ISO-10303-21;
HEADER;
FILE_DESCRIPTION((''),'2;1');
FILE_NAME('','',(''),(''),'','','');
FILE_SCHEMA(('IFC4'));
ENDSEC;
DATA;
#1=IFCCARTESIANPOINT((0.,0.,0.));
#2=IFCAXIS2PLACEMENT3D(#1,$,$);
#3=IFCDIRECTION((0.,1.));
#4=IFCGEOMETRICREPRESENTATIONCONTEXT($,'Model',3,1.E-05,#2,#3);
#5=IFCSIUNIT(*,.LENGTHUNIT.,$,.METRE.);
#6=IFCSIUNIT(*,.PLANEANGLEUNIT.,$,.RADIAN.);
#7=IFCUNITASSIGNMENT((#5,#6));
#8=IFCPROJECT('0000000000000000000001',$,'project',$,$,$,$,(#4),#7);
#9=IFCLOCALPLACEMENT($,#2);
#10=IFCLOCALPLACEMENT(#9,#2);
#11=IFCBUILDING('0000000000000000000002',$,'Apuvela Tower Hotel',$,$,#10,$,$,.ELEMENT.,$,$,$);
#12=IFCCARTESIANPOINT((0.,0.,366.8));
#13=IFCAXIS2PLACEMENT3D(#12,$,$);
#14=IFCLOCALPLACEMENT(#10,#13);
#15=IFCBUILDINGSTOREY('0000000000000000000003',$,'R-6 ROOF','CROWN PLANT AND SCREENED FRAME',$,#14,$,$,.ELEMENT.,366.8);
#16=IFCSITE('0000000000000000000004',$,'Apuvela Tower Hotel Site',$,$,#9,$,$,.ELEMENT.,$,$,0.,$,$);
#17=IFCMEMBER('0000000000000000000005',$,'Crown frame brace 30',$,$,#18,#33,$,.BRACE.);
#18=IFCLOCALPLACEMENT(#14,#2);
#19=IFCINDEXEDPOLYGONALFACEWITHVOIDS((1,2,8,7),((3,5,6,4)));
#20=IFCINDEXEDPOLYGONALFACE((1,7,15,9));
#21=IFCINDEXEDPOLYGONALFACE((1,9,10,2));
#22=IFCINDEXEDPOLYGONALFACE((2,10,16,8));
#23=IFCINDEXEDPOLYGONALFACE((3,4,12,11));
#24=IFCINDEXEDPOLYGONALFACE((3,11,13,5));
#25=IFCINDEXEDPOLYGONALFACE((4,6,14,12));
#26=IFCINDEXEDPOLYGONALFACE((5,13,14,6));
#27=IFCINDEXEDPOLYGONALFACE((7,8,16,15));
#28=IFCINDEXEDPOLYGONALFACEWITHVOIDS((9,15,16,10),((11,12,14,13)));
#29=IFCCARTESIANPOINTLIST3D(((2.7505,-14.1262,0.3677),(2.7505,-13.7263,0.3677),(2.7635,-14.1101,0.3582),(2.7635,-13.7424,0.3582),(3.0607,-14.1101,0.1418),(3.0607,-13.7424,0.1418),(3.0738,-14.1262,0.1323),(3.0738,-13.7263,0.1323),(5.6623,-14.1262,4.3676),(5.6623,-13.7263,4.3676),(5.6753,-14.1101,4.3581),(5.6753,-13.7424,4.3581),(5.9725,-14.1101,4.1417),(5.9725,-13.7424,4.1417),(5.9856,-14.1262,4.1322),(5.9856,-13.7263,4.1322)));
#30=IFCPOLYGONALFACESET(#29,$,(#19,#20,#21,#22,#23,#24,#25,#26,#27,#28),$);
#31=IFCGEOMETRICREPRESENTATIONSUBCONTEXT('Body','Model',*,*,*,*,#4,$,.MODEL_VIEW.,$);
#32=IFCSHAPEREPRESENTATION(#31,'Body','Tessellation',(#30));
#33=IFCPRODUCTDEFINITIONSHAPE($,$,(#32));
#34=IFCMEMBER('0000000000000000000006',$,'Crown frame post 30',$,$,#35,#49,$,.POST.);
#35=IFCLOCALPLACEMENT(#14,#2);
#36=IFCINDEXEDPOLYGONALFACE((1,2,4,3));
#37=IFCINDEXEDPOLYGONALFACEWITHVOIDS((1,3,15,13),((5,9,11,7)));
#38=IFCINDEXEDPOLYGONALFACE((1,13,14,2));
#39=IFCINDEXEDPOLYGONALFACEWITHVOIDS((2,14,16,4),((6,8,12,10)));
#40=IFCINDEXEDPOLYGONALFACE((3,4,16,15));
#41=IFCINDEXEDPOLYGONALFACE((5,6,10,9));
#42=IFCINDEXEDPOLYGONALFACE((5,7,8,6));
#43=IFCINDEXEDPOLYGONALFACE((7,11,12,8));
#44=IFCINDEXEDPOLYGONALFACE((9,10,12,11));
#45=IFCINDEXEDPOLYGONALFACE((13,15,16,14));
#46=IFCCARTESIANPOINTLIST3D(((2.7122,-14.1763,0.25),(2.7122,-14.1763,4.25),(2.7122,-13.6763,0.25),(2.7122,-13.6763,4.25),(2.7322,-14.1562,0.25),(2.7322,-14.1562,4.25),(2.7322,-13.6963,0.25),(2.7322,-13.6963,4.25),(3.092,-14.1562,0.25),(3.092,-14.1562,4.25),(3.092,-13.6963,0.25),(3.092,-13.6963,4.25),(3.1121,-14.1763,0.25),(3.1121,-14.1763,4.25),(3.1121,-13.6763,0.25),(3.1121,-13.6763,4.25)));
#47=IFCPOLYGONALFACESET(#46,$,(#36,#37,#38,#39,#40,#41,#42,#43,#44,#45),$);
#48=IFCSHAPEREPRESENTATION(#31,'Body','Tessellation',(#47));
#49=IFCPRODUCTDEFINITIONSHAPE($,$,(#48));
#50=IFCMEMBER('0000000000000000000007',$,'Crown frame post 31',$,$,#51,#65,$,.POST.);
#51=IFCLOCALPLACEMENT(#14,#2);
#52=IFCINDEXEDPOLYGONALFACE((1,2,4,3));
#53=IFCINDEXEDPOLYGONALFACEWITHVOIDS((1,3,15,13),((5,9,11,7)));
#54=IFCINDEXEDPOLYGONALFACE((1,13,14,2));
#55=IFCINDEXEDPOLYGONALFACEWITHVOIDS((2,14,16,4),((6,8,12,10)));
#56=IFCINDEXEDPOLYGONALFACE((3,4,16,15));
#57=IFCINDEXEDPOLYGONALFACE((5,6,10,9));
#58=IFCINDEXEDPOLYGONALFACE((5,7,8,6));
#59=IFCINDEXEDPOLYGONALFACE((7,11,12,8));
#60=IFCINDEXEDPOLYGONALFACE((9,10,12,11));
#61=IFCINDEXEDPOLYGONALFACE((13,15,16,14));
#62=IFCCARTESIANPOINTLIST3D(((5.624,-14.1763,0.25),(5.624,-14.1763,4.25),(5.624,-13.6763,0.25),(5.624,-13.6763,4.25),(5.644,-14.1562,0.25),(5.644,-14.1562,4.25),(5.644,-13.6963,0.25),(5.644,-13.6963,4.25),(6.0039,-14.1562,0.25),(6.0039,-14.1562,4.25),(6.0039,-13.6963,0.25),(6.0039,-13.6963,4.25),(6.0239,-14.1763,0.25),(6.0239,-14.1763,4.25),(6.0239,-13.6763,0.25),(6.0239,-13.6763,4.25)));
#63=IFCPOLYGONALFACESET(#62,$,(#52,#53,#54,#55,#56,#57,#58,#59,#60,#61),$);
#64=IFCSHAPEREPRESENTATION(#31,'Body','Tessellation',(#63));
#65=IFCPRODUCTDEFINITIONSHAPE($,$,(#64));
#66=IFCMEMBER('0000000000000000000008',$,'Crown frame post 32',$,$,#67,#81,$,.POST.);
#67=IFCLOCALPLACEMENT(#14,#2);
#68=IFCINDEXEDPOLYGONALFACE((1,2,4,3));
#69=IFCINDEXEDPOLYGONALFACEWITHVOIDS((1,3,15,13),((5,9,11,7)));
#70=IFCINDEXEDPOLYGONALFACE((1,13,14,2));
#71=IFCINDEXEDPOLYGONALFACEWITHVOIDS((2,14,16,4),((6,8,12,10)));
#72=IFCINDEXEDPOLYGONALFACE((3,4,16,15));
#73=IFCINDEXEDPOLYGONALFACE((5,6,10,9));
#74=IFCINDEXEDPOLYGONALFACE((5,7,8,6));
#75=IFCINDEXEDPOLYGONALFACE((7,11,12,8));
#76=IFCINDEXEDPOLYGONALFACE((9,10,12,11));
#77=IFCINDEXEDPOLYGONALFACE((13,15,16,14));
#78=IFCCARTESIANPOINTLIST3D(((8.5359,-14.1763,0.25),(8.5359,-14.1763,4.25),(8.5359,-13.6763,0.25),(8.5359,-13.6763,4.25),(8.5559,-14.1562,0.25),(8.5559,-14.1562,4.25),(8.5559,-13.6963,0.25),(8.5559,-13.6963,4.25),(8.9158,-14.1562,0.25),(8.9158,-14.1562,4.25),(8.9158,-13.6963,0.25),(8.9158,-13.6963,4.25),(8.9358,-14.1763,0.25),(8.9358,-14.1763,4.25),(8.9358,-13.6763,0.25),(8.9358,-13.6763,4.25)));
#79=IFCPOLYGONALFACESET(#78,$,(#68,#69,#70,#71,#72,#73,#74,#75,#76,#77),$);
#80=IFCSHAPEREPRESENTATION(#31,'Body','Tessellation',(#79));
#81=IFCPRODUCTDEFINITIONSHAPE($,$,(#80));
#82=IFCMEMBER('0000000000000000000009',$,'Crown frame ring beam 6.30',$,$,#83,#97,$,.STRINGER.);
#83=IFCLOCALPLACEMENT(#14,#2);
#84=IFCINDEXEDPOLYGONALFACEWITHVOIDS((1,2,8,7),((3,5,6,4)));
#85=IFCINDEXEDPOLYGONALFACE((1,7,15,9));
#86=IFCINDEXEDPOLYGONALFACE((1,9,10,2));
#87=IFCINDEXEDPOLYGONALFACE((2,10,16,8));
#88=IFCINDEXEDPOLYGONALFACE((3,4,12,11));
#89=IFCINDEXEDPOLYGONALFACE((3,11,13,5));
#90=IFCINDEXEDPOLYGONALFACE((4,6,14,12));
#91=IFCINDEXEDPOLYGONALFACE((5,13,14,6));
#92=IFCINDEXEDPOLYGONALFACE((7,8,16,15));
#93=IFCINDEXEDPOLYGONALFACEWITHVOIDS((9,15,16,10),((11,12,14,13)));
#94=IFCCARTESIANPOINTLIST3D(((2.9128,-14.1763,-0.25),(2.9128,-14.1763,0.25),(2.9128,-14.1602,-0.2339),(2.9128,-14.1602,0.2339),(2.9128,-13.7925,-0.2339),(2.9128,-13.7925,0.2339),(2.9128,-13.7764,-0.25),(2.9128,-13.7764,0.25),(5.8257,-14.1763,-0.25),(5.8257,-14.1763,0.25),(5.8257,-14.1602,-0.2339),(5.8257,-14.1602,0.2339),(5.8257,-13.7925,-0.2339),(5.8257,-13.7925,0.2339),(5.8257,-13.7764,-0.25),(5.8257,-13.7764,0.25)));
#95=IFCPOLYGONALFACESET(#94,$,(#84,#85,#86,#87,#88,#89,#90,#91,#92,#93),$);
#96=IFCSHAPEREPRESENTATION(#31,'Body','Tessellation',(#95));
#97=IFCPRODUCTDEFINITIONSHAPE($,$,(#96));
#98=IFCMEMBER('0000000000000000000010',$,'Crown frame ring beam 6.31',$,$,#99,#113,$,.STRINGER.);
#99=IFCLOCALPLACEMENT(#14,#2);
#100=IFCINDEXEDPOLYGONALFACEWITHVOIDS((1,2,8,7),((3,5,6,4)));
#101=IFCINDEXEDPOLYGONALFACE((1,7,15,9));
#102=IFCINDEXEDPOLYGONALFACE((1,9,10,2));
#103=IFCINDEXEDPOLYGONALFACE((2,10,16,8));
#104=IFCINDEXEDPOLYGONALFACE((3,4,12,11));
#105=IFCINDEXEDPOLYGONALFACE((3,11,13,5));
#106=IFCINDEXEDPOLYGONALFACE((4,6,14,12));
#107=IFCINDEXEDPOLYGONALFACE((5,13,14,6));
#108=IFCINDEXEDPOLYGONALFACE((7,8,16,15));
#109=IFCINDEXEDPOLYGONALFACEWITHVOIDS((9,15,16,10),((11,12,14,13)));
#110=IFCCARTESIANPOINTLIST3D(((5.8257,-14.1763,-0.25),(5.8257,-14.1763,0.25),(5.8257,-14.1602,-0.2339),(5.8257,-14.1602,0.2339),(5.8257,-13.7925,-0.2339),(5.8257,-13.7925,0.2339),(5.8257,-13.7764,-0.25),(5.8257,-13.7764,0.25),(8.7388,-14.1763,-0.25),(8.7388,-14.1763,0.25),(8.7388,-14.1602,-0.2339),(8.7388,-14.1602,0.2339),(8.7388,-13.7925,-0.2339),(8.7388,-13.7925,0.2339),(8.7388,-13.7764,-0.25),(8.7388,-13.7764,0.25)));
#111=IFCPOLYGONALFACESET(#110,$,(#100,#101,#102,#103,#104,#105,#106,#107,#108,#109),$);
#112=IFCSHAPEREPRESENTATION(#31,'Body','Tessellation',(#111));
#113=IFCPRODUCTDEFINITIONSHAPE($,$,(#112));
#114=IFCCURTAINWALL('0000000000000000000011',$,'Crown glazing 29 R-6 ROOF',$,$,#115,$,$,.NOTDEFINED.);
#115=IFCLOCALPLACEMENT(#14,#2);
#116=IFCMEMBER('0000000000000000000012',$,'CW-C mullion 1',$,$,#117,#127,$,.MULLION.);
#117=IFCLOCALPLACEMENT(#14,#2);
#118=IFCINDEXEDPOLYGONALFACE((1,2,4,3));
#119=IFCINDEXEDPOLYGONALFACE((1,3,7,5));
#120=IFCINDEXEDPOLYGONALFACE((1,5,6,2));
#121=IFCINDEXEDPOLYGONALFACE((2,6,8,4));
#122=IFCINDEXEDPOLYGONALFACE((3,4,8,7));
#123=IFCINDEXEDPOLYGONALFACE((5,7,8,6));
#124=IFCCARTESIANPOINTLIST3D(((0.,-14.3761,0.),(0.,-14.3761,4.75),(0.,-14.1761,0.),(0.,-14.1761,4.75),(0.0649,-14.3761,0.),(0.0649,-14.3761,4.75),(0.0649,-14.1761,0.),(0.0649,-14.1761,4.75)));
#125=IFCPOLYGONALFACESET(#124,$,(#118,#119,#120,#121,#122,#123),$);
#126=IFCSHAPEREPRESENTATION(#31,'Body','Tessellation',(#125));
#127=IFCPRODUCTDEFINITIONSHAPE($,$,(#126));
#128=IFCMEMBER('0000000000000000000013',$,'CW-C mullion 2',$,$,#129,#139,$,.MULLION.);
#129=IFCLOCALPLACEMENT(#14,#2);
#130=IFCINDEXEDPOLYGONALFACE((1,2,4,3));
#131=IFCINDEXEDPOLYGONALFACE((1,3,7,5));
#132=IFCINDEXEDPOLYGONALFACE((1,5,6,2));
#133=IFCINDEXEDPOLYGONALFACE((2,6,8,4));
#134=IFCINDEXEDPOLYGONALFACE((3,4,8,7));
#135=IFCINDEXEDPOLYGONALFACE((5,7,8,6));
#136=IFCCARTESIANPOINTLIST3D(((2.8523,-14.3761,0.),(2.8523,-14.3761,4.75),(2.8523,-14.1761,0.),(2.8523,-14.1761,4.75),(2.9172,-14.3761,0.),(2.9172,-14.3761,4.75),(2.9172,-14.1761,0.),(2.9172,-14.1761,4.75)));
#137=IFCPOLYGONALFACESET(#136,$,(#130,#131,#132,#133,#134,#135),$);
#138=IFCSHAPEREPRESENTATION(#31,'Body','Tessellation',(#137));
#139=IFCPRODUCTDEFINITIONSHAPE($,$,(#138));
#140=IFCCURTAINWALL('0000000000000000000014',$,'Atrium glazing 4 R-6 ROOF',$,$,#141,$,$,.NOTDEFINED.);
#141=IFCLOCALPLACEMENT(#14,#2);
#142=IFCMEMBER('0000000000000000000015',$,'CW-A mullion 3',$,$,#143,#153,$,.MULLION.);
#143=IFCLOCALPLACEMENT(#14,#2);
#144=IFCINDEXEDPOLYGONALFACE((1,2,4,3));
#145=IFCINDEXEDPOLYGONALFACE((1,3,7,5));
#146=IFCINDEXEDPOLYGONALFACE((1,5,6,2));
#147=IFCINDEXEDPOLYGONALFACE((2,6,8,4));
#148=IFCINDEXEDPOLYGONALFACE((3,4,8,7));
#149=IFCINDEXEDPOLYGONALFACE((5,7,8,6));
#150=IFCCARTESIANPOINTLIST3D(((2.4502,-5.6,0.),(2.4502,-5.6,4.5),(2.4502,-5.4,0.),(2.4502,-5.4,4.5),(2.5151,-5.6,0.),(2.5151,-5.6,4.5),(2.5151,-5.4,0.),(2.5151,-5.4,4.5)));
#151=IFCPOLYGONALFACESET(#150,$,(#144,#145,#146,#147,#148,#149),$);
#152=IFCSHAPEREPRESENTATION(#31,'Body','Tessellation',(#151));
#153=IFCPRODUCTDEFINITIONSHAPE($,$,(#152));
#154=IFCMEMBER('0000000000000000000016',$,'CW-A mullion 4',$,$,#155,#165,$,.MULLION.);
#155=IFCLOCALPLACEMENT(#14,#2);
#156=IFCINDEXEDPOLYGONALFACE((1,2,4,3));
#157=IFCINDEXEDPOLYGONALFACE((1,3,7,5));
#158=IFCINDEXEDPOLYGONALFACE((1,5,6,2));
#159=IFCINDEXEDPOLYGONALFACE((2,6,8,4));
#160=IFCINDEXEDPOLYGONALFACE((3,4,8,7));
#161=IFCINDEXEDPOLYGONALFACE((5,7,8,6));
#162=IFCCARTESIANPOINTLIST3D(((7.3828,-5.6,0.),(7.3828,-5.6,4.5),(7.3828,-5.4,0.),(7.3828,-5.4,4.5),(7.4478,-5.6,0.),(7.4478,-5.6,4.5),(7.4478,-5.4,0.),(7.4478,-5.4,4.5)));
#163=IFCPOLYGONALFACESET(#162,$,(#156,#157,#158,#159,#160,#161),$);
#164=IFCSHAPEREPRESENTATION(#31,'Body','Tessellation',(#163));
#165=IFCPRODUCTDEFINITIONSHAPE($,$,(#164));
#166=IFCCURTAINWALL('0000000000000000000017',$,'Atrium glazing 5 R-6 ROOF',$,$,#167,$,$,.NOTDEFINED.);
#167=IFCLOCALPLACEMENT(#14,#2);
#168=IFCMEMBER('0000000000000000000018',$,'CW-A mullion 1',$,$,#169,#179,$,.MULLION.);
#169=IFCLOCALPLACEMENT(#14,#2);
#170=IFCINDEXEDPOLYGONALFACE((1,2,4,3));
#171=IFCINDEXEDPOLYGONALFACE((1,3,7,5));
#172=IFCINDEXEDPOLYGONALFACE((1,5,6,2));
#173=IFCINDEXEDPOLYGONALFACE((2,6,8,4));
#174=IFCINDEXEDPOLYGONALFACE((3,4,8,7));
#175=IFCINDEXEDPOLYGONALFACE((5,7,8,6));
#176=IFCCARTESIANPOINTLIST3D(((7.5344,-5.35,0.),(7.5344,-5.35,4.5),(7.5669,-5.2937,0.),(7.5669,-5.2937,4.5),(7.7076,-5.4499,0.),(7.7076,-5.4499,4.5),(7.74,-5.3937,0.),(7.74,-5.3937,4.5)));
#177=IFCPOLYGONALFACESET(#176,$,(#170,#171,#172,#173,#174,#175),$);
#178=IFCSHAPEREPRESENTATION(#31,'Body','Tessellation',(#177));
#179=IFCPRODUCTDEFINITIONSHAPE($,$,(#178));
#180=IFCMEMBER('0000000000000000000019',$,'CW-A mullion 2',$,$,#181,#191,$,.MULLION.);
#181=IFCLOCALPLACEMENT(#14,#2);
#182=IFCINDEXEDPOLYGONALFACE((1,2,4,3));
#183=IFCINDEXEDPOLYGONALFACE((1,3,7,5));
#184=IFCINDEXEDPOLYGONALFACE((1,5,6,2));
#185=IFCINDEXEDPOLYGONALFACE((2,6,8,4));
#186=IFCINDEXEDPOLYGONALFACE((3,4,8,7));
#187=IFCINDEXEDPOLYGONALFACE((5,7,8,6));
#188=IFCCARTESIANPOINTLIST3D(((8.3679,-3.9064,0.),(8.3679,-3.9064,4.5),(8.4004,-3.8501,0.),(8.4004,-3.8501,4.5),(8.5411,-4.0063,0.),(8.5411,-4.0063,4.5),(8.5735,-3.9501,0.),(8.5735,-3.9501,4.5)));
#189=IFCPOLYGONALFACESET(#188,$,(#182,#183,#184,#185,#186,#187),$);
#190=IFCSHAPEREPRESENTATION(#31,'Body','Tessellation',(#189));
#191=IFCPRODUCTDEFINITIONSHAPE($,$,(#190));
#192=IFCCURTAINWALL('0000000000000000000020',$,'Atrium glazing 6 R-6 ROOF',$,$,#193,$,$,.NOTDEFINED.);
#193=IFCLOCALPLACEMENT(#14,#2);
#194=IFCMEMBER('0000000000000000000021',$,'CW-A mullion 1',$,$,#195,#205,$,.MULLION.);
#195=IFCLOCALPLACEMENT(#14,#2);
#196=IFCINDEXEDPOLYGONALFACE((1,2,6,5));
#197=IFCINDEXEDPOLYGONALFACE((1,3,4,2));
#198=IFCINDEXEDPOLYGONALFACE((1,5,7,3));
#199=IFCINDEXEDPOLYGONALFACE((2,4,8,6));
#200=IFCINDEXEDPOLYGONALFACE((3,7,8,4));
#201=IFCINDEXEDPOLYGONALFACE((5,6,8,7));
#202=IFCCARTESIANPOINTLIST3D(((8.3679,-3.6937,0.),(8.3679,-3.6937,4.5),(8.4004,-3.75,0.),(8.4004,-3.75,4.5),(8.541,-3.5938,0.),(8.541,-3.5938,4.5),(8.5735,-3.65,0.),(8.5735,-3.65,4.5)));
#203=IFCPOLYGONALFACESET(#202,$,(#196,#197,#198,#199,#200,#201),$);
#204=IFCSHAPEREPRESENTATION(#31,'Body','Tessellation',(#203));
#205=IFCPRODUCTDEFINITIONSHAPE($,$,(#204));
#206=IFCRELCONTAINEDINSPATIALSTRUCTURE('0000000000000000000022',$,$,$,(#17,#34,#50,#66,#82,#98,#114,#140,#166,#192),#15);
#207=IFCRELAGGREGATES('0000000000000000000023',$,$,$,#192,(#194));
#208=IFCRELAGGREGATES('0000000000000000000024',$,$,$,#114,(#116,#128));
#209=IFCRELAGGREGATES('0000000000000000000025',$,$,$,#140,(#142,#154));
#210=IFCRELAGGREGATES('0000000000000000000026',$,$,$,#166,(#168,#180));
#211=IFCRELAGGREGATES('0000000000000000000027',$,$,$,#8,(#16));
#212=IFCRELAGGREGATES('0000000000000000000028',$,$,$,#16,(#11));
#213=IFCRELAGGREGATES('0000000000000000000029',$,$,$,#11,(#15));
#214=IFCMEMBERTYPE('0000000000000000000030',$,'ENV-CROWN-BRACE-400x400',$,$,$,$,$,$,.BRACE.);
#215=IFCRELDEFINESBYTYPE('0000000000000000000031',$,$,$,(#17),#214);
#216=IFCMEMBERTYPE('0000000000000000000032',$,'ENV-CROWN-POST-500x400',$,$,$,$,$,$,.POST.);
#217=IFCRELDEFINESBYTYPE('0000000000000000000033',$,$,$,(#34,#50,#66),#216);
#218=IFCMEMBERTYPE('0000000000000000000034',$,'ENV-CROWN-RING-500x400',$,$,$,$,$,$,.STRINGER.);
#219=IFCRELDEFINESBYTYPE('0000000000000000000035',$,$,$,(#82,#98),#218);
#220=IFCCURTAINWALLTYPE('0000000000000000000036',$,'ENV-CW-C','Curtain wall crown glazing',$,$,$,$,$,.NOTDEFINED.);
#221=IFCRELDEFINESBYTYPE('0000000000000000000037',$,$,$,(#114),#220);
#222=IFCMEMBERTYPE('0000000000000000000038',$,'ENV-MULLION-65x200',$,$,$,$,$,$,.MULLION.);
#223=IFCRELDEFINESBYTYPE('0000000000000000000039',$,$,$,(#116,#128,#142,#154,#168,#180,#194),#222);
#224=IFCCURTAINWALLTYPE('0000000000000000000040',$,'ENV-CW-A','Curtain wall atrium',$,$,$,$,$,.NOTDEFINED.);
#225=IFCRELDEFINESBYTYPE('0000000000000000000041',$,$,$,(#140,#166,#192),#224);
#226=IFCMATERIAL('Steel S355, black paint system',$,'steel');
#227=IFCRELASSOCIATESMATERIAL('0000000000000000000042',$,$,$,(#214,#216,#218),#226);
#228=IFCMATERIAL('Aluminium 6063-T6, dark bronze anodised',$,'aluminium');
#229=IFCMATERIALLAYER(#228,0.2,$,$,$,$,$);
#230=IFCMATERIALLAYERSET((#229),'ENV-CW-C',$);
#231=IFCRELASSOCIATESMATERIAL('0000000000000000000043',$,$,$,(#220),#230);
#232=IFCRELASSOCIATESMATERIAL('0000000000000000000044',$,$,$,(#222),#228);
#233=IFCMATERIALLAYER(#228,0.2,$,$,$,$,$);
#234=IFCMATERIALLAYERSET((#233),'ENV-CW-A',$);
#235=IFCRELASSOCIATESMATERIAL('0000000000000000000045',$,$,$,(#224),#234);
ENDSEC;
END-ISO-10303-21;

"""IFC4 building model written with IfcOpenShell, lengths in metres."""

from ifc_helpers import new_model, si_unit, direction, frame, origin, origin_2d, place, context, subcontext, project, spatial, rectangle, hollow_rectangle, extrude, material, layer, layer_set, material_profile, profile_set, type_object, element, aggregate, save


model = new_model("IFC4")

# Units and contexts
model_context = context("Model", 3, precision=1e-05, world=origin(), true_north=direction((0.0, 1.0)))
body_context = subcontext(model_context, "Body", "Model", "MODEL_VIEW")
ifc_project = project(units=[si_unit("LENGTHUNIT", "METRE"), si_unit("PLANEANGLEUNIT", "RADIAN")], contexts=[model_context])

# Site, building, storey
site_placement = place(None, origin())
site = spatial("IfcSite", under=ifc_project, at=site_placement, Name="Apuvela Tower Hotel Site", CompositionType="ELEMENT", RefElevation=0.0)
building_placement = place(site_placement, origin())
building = spatial("IfcBuilding", under=site, at=building_placement, Name="Apuvela Tower Hotel", CompositionType="ELEMENT")
storey_placement = place(building_placement, frame((0.0, 0.0, 366.8)))
storey = spatial("IfcBuildingStorey", under=building, at=storey_placement, Name="R-6 ROOF", Description="CROWN PLANT AND SCREENED FRAME", CompositionType="ELEMENT", Elevation=366.8)

# Members
ifc_material_1 = material(Name="Steel S355, black paint system", Category="steel")
ifc_material_profile_1 = material_profile(ifc_material_1, hollow_rectangle(XDim=0.3999, YDim=0.3999, WallThickness=0.0161, at=origin_2d()), Name="HSS 400x400x16")
ifc_profile_set_1 = profile_set([ifc_material_profile_1], Name="Steel S355, black paint system")
member_type_1 = type_object("IfcMemberType", Name="ENV-CROWN-BRACE-400x400", PredefinedType="BRACE", material=ifc_profile_set_1)
member_1_placement = place(storey_placement, frame((2.9121, -13.9263, 0.25), z_axis=(0.588538, 0.0, 0.808469), x_axis=(0.0, 1.0, 0.0)))
element("IfcMember", 1, at=member_1_placement, inside=storey, type_object=member_type_1, Name="Crown frame brace 30", PredefinedType="BRACE", context=body_context, shape_type="SweptSolid", body=[
    extrude(hollow_rectangle(XDim=0.3999, YDim=0.3999, WallThickness=0.0161, at=origin_2d()), origin(), (0.0, 0.0, 1.0), 4.9475),
])
ifc_material_profile_2 = material_profile(ifc_material_1, hollow_rectangle(XDim=0.3999, YDim=0.5, WallThickness=0.02, at=origin_2d()), Name="HSS 500x400x20")
ifc_profile_set_2 = profile_set([ifc_material_profile_2], Name="Steel S355, black paint system")
member_type_2 = type_object("IfcMemberType", Name="ENV-CROWN-POST-500x400", PredefinedType="POST", material=ifc_profile_set_2)
for number, where, z_axis, x_axis, name in (
    (2, (2.9121, -13.9263, 0.25), (0.0, 0.0, 1.0), (1.0, 0.0, 0.0), "Crown frame post 30"),
    (3, (5.824, -13.9263, 0.25), (0.0, 0.0, 1.0), (1.0, 0.0, 0.0), "Crown frame post 31"),
    (4, (8.7358, -13.9263, 0.25), (0.0, 0.0, 1.0), (1.0, 0.0, 0.0), "Crown frame post 32"),
):
    element("IfcMember", number, at=place(storey_placement, frame(where, z_axis=z_axis, x_axis=x_axis)), inside=storey, type_object=member_type_2, Name=name, PredefinedType="POST", context=body_context, shape_type="SweptSolid", body=[
        extrude(hollow_rectangle(XDim=0.3999, YDim=0.5, WallThickness=0.02, at=origin_2d()), origin(), (0.0, 0.0, 1.0), 4.0),
    ])
ifc_material_profile_3 = material_profile(ifc_material_1, hollow_rectangle(XDim=0.3999, YDim=0.5, WallThickness=0.0161, at=origin_2d()), Name="HSS 500x400x16")
ifc_profile_set_3 = profile_set([ifc_material_profile_3], Name="Steel S355, black paint system")
member_type_3 = type_object("IfcMemberType", Name="ENV-CROWN-RING-500x400", PredefinedType="STRINGER", material=ifc_profile_set_3)
member_2_placement = place(storey_placement, frame((2.9128, -13.9763, 0.0), z_axis=(1.0, 0.0, 0.0), x_axis=(0.0, 1.0, 0.0)))
element("IfcMember", 5, at=member_2_placement, inside=storey, type_object=member_type_3, Name="Crown frame ring beam 6.30", PredefinedType="STRINGER", context=body_context, shape_type="SweptSolid", body=[
    extrude(hollow_rectangle(XDim=0.3999, YDim=0.5, WallThickness=0.0161, at=origin_2d()), origin(), (0.0, 0.0, 1.0), 2.9128),
])
member_3_placement = place(storey_placement, frame((5.8257, -13.9763, 0.0), z_axis=(1.0, 0.0, 0.0), x_axis=(0.0, 1.0, 0.0)))
element("IfcMember", 6, at=member_3_placement, inside=storey, type_object=member_type_3, Name="Crown frame ring beam 6.31", PredefinedType="STRINGER", context=body_context, shape_type="SweptSolid", body=[
    extrude(hollow_rectangle(XDim=0.3999, YDim=0.5, WallThickness=0.0161, at=origin_2d()), origin(), (0.0, 0.0, 1.0), 2.9131),
])

# Curtain walls, members
ifc_material_2 = material(Name="Aluminium 6063-T6, dark bronze anodised", Category="aluminium")
ifc_layer_1 = layer(ifc_material_2, 0.2)
ifc_layer_set_1 = layer_set([ifc_layer_1], Name="ENV-CW-C")
curtain_wall_type_1 = type_object("IfcCurtainWallType", Name="ENV-CW-C", Description="Curtain wall crown glazing", PredefinedType="NOTDEFINED", material=ifc_layer_set_1)
curtain_wall_1_placement = place(storey_placement, origin())
curtain_wall_1 = element("IfcCurtainWall", 7, at=curtain_wall_1_placement, inside=storey, type_object=curtain_wall_type_1, Name="Crown glazing 29 R-6 ROOF", PredefinedType="NOTDEFINED")
ifc_material_profile_4 = material_profile(ifc_material_2, rectangle(XDim=0.2, YDim=0.0649, at=origin_2d()), Name="AL 65x200")
ifc_profile_set_4 = profile_set([ifc_material_profile_4], Name="Aluminium 6063-T6, dark bronze anodised")
member_type_4 = type_object("IfcMemberType", Name="ENV-MULLION-65x200", PredefinedType="MULLION", material=ifc_profile_set_4)
member_4_placement = place(storey_placement, frame((0.0325, -14.2761, 0.0), z_axis=(0.0, 0.0, 1.0), x_axis=(0.0, 1.0, 0.0)))
member_4 = element("IfcMember", 8, at=member_4_placement, type_object=member_type_4, Name="CW-C mullion 1", PredefinedType="MULLION", context=body_context, shape_type="SweptSolid", body=[
    extrude(rectangle(XDim=0.2, YDim=0.0649, at=origin_2d()), origin(), (0.0, 0.0, 1.0), 4.75),
])
member_5_placement = place(storey_placement, frame((2.8848, -14.2761, 0.0), z_axis=(0.0, 0.0, 1.0), x_axis=(0.0, 1.0, 0.0)))
member_5 = element("IfcMember", 9, at=member_5_placement, type_object=member_type_4, Name="CW-C mullion 2", PredefinedType="MULLION", context=body_context, shape_type="SweptSolid", body=[
    extrude(rectangle(XDim=0.2, YDim=0.0649, at=origin_2d()), origin(), (0.0, 0.0, 1.0), 4.75),
])
ifc_layer_2 = layer(ifc_material_2, 0.2)
ifc_layer_set_2 = layer_set([ifc_layer_2], Name="ENV-CW-A")
curtain_wall_type_2 = type_object("IfcCurtainWallType", Name="ENV-CW-A", Description="Curtain wall atrium", PredefinedType="NOTDEFINED", material=ifc_layer_set_2)
curtain_wall_2_placement = place(storey_placement, origin())
curtain_wall_2 = element("IfcCurtainWall", 10, at=curtain_wall_2_placement, inside=storey, type_object=curtain_wall_type_2, Name="Atrium glazing 4 R-6 ROOF", PredefinedType="NOTDEFINED")
member_6_placement = place(storey_placement, frame((2.4827, -5.5, 0.0), z_axis=(0.0, 0.0, 1.0), x_axis=(0.0, 1.0, 0.0)))
member_6 = element("IfcMember", 11, at=member_6_placement, type_object=member_type_4, Name="CW-A mullion 3", PredefinedType="MULLION", context=body_context, shape_type="SweptSolid", body=[
    extrude(rectangle(XDim=0.2, YDim=0.0649, at=origin_2d()), origin(), (0.0, 0.0, 1.0), 4.5),
])
member_7_placement = place(storey_placement, frame((7.4153, -5.5, 0.0), z_axis=(0.0, 0.0, 1.0), x_axis=(0.0, 1.0, 0.0)))
member_7 = element("IfcMember", 12, at=member_7_placement, type_object=member_type_4, Name="CW-A mullion 4", PredefinedType="MULLION", context=body_context, shape_type="SweptSolid", body=[
    extrude(rectangle(XDim=0.2, YDim=0.0649, at=origin_2d()), origin(), (0.0, 0.0, 1.0), 4.5),
])
curtain_wall_3_placement = place(storey_placement, origin())
curtain_wall_3 = element("IfcCurtainWall", 13, at=curtain_wall_3_placement, inside=storey, type_object=curtain_wall_type_2, Name="Atrium glazing 5 R-6 ROOF", PredefinedType="NOTDEFINED")
member_8_placement = place(storey_placement, frame((7.6372, -5.3718, 0.0), z_axis=(0.0, 0.0, 1.0), x_axis=(-0.866032, 0.499989, 0.0)))
member_8 = element("IfcMember", 14, at=member_8_placement, type_object=member_type_4, Name="CW-A mullion 1", PredefinedType="MULLION", context=body_context, shape_type="SweptSolid", body=[
    extrude(rectangle(XDim=0.2, YDim=0.0649, at=origin_2d()), origin(), (0.0, 0.0, 1.0), 4.5),
])
member_9_placement = place(storey_placement, frame((8.4707, -3.9282, 0.0), z_axis=(0.0, 0.0, 1.0), x_axis=(-0.866032, 0.499989, 0.0)))
member_9 = element("IfcMember", 15, at=member_9_placement, type_object=member_type_4, Name="CW-A mullion 2", PredefinedType="MULLION", context=body_context, shape_type="SweptSolid", body=[
    extrude(rectangle(XDim=0.2, YDim=0.0649, at=origin_2d()), origin(), (0.0, 0.0, 1.0), 4.5),
])

# Curtain wall, member
curtain_wall_4_placement = place(storey_placement, origin())
curtain_wall_4 = element("IfcCurtainWall", 16, at=curtain_wall_4_placement, inside=storey, type_object=curtain_wall_type_2, Name="Atrium glazing 6 R-6 ROOF", PredefinedType="NOTDEFINED")
member_10_placement = place(storey_placement, frame((8.4707, -3.6719, 0.0), z_axis=(0.0, 0.0, 1.0), x_axis=(-0.866026, -0.499999, 0.0)))
member_10 = element("IfcMember", 17, at=member_10_placement, type_object=member_type_4, Name="CW-A mullion 1", PredefinedType="MULLION", context=body_context, shape_type="SweptSolid", body=[
    extrude(rectangle(XDim=0.2, YDim=0.0649, at=origin_2d()), origin(), (0.0, 0.0, 1.0), 4.5),
])

aggregate(curtain_wall_4, [member_10])

aggregate(curtain_wall_1, [member_4, member_5])
aggregate(curtain_wall_2, [member_6, member_7])
aggregate(curtain_wall_3, [member_8, member_9])

save(model, "model.ifc")
